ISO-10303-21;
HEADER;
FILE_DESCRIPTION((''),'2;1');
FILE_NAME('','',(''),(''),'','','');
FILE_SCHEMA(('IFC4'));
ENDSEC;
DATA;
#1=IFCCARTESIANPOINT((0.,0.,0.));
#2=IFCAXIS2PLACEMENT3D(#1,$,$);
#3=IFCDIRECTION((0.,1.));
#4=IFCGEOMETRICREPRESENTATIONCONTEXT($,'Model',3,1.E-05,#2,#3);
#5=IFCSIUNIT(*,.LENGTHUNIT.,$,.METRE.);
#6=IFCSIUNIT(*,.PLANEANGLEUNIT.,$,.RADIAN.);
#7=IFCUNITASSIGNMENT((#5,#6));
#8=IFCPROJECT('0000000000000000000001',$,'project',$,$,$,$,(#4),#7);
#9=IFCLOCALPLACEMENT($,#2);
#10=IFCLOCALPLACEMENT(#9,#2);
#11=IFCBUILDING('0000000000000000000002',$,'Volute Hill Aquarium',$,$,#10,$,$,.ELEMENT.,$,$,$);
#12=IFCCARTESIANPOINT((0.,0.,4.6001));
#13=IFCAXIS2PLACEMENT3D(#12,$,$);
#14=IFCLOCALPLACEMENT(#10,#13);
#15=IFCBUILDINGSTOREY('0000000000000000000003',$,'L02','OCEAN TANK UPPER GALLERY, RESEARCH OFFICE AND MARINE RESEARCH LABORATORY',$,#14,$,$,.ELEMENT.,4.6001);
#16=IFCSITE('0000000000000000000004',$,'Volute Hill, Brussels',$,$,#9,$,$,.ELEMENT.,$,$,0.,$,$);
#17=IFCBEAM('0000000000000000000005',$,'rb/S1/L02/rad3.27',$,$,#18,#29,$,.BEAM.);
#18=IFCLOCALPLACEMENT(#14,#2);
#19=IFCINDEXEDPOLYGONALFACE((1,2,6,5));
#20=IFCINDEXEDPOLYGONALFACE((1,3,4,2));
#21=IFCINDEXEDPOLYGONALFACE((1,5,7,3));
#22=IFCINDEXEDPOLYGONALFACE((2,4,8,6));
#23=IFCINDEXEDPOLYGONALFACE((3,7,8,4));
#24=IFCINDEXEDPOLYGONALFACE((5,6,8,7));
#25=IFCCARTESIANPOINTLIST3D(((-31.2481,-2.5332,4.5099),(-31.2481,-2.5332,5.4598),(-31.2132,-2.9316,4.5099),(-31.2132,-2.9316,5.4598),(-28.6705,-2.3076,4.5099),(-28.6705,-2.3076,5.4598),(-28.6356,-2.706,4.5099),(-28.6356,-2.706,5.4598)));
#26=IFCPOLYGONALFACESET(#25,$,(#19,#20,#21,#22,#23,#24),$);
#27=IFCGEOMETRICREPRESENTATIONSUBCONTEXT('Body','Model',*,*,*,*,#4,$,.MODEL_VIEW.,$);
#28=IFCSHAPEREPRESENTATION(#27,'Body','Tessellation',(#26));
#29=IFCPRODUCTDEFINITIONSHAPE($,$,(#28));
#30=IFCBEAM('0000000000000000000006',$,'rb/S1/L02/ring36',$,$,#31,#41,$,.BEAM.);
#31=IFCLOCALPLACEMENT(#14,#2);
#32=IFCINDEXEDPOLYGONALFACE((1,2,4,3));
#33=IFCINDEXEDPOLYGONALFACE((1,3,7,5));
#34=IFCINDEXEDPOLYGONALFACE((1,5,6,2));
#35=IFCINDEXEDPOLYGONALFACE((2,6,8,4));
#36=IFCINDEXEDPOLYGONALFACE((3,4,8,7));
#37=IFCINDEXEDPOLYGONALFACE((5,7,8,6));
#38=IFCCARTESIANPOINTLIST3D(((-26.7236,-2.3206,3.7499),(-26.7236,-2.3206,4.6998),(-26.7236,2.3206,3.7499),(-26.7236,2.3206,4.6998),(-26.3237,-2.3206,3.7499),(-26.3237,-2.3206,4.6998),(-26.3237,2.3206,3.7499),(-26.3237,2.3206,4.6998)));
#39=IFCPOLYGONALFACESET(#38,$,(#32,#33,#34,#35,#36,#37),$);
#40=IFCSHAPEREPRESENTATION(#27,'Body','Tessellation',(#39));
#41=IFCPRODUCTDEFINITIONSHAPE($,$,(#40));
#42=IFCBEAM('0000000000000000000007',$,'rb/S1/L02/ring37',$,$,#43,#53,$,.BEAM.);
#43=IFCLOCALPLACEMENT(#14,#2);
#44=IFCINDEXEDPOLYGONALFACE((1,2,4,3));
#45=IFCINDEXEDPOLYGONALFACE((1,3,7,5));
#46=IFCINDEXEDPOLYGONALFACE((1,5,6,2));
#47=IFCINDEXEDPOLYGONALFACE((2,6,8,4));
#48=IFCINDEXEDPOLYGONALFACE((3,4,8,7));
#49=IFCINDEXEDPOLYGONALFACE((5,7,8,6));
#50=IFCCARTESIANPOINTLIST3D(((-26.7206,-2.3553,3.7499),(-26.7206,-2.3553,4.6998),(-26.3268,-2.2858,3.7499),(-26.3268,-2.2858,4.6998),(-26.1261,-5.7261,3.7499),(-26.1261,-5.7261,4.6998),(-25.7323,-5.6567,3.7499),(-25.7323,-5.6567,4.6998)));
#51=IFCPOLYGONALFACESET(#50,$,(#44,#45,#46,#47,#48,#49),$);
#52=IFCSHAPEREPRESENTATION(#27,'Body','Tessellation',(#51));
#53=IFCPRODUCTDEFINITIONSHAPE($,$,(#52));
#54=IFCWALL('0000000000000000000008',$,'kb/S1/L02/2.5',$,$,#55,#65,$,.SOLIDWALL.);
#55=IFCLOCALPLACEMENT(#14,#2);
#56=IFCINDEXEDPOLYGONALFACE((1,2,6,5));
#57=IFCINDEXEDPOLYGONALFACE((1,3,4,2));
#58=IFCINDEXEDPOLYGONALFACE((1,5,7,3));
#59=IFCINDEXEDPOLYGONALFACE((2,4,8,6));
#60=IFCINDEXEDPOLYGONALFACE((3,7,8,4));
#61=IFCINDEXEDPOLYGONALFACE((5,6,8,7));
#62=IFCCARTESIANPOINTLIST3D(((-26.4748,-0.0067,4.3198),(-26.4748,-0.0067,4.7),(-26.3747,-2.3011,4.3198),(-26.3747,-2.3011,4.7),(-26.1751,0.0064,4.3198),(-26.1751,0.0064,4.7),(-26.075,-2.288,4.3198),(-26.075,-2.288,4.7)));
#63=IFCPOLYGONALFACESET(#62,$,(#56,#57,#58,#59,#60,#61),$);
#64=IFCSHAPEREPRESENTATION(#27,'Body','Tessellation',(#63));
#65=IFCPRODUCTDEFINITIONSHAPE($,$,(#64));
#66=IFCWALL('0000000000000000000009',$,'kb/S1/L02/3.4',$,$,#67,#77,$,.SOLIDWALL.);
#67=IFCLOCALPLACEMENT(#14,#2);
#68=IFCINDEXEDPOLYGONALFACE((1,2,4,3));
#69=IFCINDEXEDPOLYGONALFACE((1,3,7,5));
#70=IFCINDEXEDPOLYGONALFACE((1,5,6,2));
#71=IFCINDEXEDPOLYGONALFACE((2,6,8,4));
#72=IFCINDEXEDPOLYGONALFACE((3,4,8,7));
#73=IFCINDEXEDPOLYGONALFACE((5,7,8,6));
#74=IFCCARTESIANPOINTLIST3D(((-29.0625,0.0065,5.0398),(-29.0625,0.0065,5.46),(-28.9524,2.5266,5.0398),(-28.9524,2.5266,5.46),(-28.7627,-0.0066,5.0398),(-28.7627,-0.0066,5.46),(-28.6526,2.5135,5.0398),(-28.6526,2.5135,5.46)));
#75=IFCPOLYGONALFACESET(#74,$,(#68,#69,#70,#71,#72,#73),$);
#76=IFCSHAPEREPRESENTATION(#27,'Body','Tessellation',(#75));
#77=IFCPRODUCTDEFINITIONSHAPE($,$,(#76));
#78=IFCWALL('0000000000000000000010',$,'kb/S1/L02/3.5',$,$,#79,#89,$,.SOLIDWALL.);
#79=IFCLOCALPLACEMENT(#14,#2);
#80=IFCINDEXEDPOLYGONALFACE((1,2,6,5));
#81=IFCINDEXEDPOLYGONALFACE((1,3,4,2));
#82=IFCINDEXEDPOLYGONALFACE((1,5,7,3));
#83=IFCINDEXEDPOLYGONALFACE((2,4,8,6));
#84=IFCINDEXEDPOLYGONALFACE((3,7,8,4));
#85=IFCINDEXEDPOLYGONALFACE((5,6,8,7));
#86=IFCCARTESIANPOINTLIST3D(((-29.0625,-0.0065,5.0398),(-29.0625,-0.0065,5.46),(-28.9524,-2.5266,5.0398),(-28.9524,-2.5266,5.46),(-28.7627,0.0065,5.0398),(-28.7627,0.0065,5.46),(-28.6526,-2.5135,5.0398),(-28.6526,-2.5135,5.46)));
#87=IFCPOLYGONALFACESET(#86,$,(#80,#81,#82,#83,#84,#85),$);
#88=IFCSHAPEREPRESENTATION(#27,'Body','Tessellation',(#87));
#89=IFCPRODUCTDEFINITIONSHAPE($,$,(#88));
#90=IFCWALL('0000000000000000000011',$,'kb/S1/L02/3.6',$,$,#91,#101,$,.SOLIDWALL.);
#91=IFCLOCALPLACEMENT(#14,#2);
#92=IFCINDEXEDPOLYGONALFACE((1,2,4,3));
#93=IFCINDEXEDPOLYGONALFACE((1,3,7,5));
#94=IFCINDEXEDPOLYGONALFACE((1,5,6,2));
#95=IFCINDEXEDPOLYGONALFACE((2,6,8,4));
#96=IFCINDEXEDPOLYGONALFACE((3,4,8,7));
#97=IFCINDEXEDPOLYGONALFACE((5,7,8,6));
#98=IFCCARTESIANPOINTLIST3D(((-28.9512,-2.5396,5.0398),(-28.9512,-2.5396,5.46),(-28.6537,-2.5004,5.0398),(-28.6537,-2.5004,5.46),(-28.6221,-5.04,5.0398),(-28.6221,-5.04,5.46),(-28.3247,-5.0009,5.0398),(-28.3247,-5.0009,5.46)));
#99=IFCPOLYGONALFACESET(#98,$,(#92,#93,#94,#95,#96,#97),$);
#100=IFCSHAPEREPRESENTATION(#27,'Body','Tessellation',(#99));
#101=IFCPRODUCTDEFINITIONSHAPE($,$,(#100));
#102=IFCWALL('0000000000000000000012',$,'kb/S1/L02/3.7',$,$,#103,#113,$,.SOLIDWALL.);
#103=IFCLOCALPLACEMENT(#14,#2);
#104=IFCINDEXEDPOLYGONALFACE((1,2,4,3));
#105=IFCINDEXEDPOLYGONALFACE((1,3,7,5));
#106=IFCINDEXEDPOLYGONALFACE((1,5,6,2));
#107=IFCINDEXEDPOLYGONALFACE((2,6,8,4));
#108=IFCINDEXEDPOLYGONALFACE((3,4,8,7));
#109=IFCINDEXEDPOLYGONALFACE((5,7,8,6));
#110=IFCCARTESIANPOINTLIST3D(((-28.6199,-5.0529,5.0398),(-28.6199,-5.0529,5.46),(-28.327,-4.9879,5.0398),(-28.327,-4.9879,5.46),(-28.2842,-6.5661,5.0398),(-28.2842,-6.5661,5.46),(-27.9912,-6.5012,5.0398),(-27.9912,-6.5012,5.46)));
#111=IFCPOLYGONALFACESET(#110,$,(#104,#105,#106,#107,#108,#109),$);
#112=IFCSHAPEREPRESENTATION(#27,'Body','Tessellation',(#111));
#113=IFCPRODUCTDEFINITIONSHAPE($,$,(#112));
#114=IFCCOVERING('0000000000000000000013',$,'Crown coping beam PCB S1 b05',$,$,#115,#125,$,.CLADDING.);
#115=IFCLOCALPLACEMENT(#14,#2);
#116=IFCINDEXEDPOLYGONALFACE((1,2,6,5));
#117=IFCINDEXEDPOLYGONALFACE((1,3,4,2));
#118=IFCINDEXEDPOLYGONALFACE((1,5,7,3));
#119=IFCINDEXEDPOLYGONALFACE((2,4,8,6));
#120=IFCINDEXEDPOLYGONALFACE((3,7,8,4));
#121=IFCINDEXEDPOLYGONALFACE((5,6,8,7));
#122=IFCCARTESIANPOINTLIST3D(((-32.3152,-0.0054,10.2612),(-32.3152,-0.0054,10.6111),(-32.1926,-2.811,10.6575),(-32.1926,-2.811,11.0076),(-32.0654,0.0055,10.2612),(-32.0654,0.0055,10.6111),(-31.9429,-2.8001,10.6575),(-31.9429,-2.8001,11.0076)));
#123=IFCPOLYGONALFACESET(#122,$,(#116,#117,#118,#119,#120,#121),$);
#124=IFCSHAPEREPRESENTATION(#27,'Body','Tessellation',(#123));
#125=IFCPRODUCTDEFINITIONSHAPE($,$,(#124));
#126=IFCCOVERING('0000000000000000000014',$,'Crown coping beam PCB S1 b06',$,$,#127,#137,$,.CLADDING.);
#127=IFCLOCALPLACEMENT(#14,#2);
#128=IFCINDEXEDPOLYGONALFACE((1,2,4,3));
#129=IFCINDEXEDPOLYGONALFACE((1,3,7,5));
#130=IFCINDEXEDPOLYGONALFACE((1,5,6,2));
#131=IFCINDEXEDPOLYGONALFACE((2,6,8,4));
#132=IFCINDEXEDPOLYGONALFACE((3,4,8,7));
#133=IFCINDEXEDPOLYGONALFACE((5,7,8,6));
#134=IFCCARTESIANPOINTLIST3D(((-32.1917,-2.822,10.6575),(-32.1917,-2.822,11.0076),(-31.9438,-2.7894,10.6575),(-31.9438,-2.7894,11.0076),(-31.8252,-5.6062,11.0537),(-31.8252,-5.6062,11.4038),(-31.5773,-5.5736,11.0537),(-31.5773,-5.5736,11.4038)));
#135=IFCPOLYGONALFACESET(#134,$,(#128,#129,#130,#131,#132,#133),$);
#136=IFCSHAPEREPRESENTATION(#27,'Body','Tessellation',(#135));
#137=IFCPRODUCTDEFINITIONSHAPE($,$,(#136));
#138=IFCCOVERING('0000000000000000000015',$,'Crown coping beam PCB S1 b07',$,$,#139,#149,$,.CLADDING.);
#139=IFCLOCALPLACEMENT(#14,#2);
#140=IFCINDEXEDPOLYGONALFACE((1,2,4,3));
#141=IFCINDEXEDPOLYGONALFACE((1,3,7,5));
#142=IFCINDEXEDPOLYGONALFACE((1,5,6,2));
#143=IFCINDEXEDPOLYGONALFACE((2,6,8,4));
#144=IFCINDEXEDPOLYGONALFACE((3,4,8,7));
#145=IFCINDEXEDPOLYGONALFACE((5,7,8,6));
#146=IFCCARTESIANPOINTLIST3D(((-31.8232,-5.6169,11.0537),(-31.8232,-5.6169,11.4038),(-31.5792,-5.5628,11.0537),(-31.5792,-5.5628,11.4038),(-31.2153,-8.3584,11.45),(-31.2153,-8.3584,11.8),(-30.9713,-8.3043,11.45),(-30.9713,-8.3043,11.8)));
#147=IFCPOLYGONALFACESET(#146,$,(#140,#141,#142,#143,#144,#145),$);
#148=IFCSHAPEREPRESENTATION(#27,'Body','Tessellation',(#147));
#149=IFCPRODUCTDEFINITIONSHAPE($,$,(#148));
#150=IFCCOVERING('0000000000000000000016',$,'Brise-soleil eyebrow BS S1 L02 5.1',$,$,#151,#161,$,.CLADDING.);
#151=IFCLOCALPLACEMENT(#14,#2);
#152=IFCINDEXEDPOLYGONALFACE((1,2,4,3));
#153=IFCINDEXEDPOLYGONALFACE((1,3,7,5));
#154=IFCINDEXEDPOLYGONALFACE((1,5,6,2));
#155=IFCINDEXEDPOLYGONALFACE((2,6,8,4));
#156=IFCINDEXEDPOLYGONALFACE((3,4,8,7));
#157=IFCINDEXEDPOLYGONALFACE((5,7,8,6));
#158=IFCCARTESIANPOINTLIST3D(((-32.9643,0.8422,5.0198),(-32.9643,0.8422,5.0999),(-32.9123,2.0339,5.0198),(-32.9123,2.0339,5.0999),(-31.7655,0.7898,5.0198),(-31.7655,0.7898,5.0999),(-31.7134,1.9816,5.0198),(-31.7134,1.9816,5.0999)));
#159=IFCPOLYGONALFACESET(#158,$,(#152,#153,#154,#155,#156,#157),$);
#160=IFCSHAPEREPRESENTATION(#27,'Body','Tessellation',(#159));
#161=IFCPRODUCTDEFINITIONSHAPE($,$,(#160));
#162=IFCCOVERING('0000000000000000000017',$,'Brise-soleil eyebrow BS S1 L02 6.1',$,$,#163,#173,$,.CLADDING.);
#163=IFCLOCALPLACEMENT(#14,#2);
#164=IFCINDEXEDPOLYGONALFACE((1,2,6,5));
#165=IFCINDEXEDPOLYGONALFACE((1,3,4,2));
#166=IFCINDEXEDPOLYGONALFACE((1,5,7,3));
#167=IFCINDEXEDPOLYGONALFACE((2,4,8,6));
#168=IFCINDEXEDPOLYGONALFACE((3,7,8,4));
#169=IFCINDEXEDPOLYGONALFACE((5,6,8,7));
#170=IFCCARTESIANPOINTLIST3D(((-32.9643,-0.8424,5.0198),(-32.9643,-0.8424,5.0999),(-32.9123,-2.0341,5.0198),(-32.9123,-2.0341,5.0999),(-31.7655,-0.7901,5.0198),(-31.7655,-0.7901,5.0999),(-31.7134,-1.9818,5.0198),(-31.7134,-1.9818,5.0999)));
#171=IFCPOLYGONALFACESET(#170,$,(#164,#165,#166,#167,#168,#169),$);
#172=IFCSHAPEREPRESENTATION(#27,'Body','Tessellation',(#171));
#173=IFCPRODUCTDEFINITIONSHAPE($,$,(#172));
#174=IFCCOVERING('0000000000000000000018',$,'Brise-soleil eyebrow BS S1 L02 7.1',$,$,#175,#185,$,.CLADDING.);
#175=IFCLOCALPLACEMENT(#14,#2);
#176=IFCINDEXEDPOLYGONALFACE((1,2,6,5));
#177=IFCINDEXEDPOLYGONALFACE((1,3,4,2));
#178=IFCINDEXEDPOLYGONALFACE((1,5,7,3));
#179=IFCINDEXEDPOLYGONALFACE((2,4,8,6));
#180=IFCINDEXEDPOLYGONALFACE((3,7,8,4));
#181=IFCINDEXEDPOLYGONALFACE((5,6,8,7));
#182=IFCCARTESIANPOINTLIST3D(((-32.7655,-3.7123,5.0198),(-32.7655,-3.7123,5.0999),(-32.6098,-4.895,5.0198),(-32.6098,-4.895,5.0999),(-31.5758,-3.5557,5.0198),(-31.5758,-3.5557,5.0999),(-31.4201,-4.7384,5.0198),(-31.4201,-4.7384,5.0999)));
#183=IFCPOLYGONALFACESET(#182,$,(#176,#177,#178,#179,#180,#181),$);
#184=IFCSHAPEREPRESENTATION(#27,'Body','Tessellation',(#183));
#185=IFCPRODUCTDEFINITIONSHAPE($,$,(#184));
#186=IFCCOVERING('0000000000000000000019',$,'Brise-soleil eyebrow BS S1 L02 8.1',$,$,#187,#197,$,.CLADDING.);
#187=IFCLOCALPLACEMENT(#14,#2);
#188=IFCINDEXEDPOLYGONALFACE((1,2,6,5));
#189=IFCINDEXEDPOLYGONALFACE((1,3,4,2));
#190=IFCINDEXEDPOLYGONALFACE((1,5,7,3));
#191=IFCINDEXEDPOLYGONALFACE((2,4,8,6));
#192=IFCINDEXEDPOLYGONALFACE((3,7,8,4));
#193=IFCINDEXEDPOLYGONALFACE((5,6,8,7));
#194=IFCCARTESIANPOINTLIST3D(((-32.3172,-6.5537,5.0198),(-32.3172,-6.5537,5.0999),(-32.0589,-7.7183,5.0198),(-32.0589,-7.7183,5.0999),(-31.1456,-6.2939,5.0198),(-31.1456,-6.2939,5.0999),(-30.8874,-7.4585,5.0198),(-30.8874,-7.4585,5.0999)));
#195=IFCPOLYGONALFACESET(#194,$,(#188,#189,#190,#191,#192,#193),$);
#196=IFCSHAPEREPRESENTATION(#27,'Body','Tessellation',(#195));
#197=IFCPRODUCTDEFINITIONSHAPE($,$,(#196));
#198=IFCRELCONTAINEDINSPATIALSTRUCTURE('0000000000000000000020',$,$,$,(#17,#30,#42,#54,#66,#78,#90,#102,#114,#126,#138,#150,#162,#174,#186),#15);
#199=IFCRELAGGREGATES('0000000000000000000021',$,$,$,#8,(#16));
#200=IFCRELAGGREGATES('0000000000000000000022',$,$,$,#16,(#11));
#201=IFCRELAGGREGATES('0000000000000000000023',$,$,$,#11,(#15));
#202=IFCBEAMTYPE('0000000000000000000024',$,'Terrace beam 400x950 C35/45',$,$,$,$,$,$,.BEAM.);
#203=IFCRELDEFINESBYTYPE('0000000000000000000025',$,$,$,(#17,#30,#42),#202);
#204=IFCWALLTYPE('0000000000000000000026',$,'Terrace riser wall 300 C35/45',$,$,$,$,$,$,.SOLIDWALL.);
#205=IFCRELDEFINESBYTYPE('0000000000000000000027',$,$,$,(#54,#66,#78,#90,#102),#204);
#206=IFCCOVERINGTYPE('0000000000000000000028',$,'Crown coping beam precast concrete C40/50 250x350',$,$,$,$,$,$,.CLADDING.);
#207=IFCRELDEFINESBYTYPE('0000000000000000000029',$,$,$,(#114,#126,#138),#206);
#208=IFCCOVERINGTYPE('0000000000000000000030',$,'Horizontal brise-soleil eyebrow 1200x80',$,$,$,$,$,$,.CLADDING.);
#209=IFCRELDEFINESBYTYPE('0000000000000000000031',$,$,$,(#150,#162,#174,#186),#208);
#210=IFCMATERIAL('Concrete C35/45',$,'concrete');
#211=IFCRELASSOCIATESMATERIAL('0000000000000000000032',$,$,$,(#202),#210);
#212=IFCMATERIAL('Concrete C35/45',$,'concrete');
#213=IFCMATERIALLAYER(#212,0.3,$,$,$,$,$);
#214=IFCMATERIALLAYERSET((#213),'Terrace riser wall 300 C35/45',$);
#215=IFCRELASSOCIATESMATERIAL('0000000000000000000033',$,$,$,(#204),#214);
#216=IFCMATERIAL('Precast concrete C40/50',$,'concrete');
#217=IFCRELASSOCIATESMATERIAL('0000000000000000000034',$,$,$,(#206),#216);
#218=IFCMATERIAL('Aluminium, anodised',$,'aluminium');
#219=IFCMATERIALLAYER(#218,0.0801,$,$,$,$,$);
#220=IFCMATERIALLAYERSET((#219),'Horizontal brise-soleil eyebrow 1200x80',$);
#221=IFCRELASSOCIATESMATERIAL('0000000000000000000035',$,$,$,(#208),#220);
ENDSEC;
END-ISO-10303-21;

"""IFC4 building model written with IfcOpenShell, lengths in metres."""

from ifc_helpers import new_model, si_unit, direction, frame, frame_2d, origin, origin_2d, place, context, subcontext, project, spatial, polyline, rectangle, outline, extrude, material, layer, layer_set, material_profile, profile_set, type_object, element, save


model = new_model("IFC4")

# Units and contexts
model_context = context("Model", 3, precision=1e-05, world=origin(), true_north=direction((0.0, 1.0)))
body_context = subcontext(model_context, "Body", "Model", "MODEL_VIEW")
ifc_project = project(units=[si_unit("LENGTHUNIT", "METRE"), si_unit("PLANEANGLEUNIT", "RADIAN")], contexts=[model_context])

# Site, building, storey
site_placement = place(None, origin())
site = spatial("IfcSite", under=ifc_project, at=site_placement, Name="Volute Hill, Brussels", CompositionType="ELEMENT", RefElevation=0.0)
building_placement = place(site_placement, origin())
building = spatial("IfcBuilding", under=site, at=building_placement, Name="Volute Hill Aquarium", CompositionType="ELEMENT")
storey_placement = place(building_placement, frame((0.0, 0.0, 4.6001)))
storey = spatial("IfcBuildingStorey", under=building, at=storey_placement, Name="L02", Description="OCEAN TANK UPPER GALLERY, RESEARCH OFFICE AND MARINE RESEARCH LABORATORY", CompositionType="ELEMENT", Elevation=4.6001)

# Beams
ifc_material_1 = material(Name="Concrete C35/45", Category="concrete")
ifc_material_profile_1 = material_profile(ifc_material_1, rectangle(XDim=0.3999, YDim=0.95, at=origin_2d()), Name="RC beam 400x950")
ifc_profile_set_1 = profile_set([ifc_material_profile_1], Name="Concrete C35/45")
beam_type_1 = type_object("IfcBeamType", Name="Terrace beam 400x950 C35/45", PredefinedType="BEAM", material=ifc_profile_set_1)
beam_1_placement = place(storey_placement, frame((-28.6531, -2.5068, 4.9849), z_axis=(-0.996192, -0.087183, 0.0), x_axis=(0.087183, -0.996192, 0.0)))
element("IfcBeam", 1, at=beam_1_placement, inside=storey, type_object=beam_type_1, Name="rb/S1/L02/rad3.27", PredefinedType="BEAM", context=body_context, shape_type="SweptSolid", body=[
    extrude(rectangle(XDim=0.3999, YDim=0.95, at=origin_2d()), origin(), (0.0, 0.0, 1.0), 2.5874),
])
beam_2_placement = place(storey_placement, frame((-26.5237, 2.3206, 4.2249), z_axis=(0.0, -1.0, 0.0), x_axis=(1.0, 0.0, 0.0)))
element("IfcBeam", 2, at=beam_2_placement, inside=storey, type_object=beam_type_1, Name="rb/S1/L02/ring36", PredefinedType="BEAM", context=body_context, shape_type="SweptSolid", body=[
    extrude(rectangle(XDim=0.3999, YDim=0.95, at=origin_2d()), origin(), (0.0, 0.0, 1.0), 4.6411),
])
beam_3_placement = place(storey_placement, frame((-26.5237, -2.3206, 4.2249), z_axis=(0.17368, -0.984802, 0.0), x_axis=(0.984802, 0.17368, 0.0)))
element("IfcBeam", 3, at=beam_3_placement, inside=storey, type_object=beam_type_1, Name="rb/S1/L02/ring37", PredefinedType="BEAM", context=body_context, shape_type="SweptSolid", body=[
    extrude(rectangle(XDim=0.3999, YDim=0.95, at=origin_2d()), origin(), (0.0, 0.0, 1.0), 3.4229),
])

# Walls
ifc_material_2 = material(Name="Concrete C35/45", Category="concrete")
ifc_layer_1 = layer(ifc_material_2, 0.3)
ifc_layer_set_1 = layer_set([ifc_layer_1], Name="Terrace riser wall 300 C35/45")
wall_type = type_object("IfcWallType", Name="Terrace riser wall 300 C35/45", PredefinedType="SOLIDWALL", material=ifc_layer_set_1)
wall_1_placement = place(storey_placement, frame((-26.325, 0.0, 4.3198), z_axis=(0.0, 0.0, 1.0), x_axis=(0.043585, -0.99905, 0.0)))
element("IfcWall", 4, at=wall_1_placement, inside=storey, type_object=wall_type, Name="kb/S1/L02/2.5", PredefinedType="SOLIDWALL", context=body_context, shape_type="SweptSolid", body=[
    extrude(rectangle(XDim=2.2966, YDim=0.3, at=frame_2d((1.1484, 0.0))), origin(), (0.0, 0.0, 1.0), 0.3801),
])
for number, where, z_axis, x_axis, name in (
    (5, (-28.8025, 2.52, 5.0398), (0.0, 0.0, 1.0), (-0.043651, -0.999047, 0.0), "kb/S1/L02/3.4"),
    (6, (-28.9126, 0.0, 5.0398), (0.0, 0.0, 1.0), (0.043651, -0.999047, 0.0), "kb/S1/L02/3.5"),
):
    element("IfcWall", number, at=place(storey_placement, frame(where, z_axis=z_axis, x_axis=x_axis)), inside=storey, type_object=wall_type, Name=name, PredefinedType="SOLIDWALL", context=body_context, shape_type="SweptSolid", body=[
        extrude(rectangle(XDim=2.5225, YDim=0.3, at=frame_2d((1.2612, 0.0))), origin(), (0.0, 0.0, 1.0), 0.4202),
    ])
wall_2_placement = place(storey_placement, frame((-28.8025, -2.52, 5.0398), z_axis=(0.0, 0.0, 1.0), x_axis=(0.13049, -0.99145, 0.0)))
element("IfcWall", 7, at=wall_2_placement, inside=storey, type_object=wall_type, Name="kb/S1/L02/3.6", PredefinedType="SOLIDWALL", context=body_context, shape_type="SweptSolid", body=[
    extrude(rectangle(XDim=2.522, YDim=0.3, at=frame_2d((1.261, 0.0))), origin(), (0.0, 0.0, 1.0), 0.4202),
])
wall_3_placement = place(storey_placement, frame((-28.4734, -5.0205, 5.0398), z_axis=(0.0, 0.0, 1.0), x_axis=(0.21658, -0.976265, 0.0)))
element("IfcWall", 8, at=wall_3_placement, inside=storey, type_object=wall_type, Name="kb/S1/L02/3.7", PredefinedType="SOLIDWALL", context=body_context, shape_type="SweptSolid", body=[
    extrude(rectangle(XDim=1.55, YDim=0.3, at=frame_2d((0.7749, 0.0))), origin(), (0.0, 0.0, 1.0), 0.4202),
])

# Coverings
ifc_material_3 = material(Name="Precast concrete C40/50", Category="concrete")
covering_type_1 = type_object("IfcCoveringType", Name="Crown coping beam precast concrete C40/50 250x350", PredefinedType="CLADDING", material=ifc_material_3)
covering_1_placement = place(storey_placement, frame((-32.3152, -0.0054, 10.2612), z_axis=(-0.999047, -0.043641, 0.0), x_axis=(0.043213, -0.989249, 0.13971)))
element("IfcCovering", 9, at=covering_1_placement, inside=storey, type_object=covering_type_1, Name="Crown coping beam PCB S1 b05", PredefinedType="CLADDING", context=body_context, shape_type="SweptSolid", body=[
    extrude(outline(polyline([(0.0, 0.0), (2.8362, 0.0), (2.8851, 0.3467), (0.0489, 0.3464), (0.0, 0.0)])), origin(), (0.0, 0.0, -1.0), 0.25),
])
covering_2_placement = place(storey_placement, frame((-32.1917, -2.822, 10.6575), z_axis=(-0.991449, -0.130495, 0.0), x_axis=(0.129215, -0.981724, 0.139718)))
element("IfcCovering", 10, at=covering_2_placement, inside=storey, type_object=covering_type_1, Name="Crown coping beam PCB S1 b06", PredefinedType="CLADDING", context=body_context, shape_type="SweptSolid", body=[
    extrude(outline(polyline([(0.0, 0.0), (2.836, 0.0), (2.8849, 0.3467), (0.0489, 0.3467), (0.0, 0.0)])), origin(), (0.0, 0.0, -1.0), 0.25),
])
covering_3_placement = place(storey_placement, frame((-31.8232, -5.6169, 11.0537), z_axis=(-0.976285, -0.216489, 0.0), x_axis=(0.214365, -0.966708, 0.139725)))
element("IfcCovering", 11, at=covering_3_placement, inside=storey, type_object=covering_type_1, Name="Crown coping beam PCB S1 b07", PredefinedType="CLADDING", context=body_context, shape_type="SweptSolid", body=[
    extrude(outline(polyline([(0.0, 0.0), (2.8359, 0.0), (2.8848, 0.3467), (0.0489, 0.3467), (0.0, 0.0)])), origin(), (0.0, 0.0, -1.0), 0.25),
])
ifc_material_4 = material(Name="Aluminium, anodised", Category="aluminium")
ifc_layer_2 = layer(ifc_material_4, 0.0801)
ifc_layer_set_2 = layer_set([ifc_layer_2], Name="Horizontal brise-soleil eyebrow 1200x80")
covering_type_2 = type_object("IfcCoveringType", Name="Horizontal brise-soleil eyebrow 1200x80", PredefinedType="CLADDING", material=ifc_layer_set_2)
for number, where, z_axis, x_axis, name in (
    (12, (-32.3389, 1.4119, 5.0198), (0.0, 0.0, 1.0), (-0.043616, -0.999048, 0.0), "Brise-soleil eyebrow BS S1 L02 5.1"),
    (13, (-32.3389, -1.4121, 5.0198), (0.0, 0.0, 1.0), (0.043616, -0.999048, 0.0), "Brise-soleil eyebrow BS S1 L02 6.1"),
    (14, (-32.0928, -4.2253, 5.0198), (0.0, 0.0, 1.0), (0.130527, -0.991445, 0.0), "Brise-soleil eyebrow BS S1 L02 7.1"),
    (15, (-31.6023, -7.0061, 5.0198), (0.0, 0.0, 1.0), (0.216461, -0.976291, 0.0), "Brise-soleil eyebrow BS S1 L02 8.1"),
):
    element("IfcCovering", number, at=place(storey_placement, frame(where, z_axis=z_axis, x_axis=x_axis)), inside=storey, type_object=covering_type_2, Name=name, PredefinedType="CLADDING", context=body_context, shape_type="SweptSolid", body=[
        extrude(rectangle(XDim=1.1929, YDim=1.2, at=origin_2d()), origin(), (0.0, 0.0, 1.0), 0.0801),
    ])

save(model, "model.ifc")
